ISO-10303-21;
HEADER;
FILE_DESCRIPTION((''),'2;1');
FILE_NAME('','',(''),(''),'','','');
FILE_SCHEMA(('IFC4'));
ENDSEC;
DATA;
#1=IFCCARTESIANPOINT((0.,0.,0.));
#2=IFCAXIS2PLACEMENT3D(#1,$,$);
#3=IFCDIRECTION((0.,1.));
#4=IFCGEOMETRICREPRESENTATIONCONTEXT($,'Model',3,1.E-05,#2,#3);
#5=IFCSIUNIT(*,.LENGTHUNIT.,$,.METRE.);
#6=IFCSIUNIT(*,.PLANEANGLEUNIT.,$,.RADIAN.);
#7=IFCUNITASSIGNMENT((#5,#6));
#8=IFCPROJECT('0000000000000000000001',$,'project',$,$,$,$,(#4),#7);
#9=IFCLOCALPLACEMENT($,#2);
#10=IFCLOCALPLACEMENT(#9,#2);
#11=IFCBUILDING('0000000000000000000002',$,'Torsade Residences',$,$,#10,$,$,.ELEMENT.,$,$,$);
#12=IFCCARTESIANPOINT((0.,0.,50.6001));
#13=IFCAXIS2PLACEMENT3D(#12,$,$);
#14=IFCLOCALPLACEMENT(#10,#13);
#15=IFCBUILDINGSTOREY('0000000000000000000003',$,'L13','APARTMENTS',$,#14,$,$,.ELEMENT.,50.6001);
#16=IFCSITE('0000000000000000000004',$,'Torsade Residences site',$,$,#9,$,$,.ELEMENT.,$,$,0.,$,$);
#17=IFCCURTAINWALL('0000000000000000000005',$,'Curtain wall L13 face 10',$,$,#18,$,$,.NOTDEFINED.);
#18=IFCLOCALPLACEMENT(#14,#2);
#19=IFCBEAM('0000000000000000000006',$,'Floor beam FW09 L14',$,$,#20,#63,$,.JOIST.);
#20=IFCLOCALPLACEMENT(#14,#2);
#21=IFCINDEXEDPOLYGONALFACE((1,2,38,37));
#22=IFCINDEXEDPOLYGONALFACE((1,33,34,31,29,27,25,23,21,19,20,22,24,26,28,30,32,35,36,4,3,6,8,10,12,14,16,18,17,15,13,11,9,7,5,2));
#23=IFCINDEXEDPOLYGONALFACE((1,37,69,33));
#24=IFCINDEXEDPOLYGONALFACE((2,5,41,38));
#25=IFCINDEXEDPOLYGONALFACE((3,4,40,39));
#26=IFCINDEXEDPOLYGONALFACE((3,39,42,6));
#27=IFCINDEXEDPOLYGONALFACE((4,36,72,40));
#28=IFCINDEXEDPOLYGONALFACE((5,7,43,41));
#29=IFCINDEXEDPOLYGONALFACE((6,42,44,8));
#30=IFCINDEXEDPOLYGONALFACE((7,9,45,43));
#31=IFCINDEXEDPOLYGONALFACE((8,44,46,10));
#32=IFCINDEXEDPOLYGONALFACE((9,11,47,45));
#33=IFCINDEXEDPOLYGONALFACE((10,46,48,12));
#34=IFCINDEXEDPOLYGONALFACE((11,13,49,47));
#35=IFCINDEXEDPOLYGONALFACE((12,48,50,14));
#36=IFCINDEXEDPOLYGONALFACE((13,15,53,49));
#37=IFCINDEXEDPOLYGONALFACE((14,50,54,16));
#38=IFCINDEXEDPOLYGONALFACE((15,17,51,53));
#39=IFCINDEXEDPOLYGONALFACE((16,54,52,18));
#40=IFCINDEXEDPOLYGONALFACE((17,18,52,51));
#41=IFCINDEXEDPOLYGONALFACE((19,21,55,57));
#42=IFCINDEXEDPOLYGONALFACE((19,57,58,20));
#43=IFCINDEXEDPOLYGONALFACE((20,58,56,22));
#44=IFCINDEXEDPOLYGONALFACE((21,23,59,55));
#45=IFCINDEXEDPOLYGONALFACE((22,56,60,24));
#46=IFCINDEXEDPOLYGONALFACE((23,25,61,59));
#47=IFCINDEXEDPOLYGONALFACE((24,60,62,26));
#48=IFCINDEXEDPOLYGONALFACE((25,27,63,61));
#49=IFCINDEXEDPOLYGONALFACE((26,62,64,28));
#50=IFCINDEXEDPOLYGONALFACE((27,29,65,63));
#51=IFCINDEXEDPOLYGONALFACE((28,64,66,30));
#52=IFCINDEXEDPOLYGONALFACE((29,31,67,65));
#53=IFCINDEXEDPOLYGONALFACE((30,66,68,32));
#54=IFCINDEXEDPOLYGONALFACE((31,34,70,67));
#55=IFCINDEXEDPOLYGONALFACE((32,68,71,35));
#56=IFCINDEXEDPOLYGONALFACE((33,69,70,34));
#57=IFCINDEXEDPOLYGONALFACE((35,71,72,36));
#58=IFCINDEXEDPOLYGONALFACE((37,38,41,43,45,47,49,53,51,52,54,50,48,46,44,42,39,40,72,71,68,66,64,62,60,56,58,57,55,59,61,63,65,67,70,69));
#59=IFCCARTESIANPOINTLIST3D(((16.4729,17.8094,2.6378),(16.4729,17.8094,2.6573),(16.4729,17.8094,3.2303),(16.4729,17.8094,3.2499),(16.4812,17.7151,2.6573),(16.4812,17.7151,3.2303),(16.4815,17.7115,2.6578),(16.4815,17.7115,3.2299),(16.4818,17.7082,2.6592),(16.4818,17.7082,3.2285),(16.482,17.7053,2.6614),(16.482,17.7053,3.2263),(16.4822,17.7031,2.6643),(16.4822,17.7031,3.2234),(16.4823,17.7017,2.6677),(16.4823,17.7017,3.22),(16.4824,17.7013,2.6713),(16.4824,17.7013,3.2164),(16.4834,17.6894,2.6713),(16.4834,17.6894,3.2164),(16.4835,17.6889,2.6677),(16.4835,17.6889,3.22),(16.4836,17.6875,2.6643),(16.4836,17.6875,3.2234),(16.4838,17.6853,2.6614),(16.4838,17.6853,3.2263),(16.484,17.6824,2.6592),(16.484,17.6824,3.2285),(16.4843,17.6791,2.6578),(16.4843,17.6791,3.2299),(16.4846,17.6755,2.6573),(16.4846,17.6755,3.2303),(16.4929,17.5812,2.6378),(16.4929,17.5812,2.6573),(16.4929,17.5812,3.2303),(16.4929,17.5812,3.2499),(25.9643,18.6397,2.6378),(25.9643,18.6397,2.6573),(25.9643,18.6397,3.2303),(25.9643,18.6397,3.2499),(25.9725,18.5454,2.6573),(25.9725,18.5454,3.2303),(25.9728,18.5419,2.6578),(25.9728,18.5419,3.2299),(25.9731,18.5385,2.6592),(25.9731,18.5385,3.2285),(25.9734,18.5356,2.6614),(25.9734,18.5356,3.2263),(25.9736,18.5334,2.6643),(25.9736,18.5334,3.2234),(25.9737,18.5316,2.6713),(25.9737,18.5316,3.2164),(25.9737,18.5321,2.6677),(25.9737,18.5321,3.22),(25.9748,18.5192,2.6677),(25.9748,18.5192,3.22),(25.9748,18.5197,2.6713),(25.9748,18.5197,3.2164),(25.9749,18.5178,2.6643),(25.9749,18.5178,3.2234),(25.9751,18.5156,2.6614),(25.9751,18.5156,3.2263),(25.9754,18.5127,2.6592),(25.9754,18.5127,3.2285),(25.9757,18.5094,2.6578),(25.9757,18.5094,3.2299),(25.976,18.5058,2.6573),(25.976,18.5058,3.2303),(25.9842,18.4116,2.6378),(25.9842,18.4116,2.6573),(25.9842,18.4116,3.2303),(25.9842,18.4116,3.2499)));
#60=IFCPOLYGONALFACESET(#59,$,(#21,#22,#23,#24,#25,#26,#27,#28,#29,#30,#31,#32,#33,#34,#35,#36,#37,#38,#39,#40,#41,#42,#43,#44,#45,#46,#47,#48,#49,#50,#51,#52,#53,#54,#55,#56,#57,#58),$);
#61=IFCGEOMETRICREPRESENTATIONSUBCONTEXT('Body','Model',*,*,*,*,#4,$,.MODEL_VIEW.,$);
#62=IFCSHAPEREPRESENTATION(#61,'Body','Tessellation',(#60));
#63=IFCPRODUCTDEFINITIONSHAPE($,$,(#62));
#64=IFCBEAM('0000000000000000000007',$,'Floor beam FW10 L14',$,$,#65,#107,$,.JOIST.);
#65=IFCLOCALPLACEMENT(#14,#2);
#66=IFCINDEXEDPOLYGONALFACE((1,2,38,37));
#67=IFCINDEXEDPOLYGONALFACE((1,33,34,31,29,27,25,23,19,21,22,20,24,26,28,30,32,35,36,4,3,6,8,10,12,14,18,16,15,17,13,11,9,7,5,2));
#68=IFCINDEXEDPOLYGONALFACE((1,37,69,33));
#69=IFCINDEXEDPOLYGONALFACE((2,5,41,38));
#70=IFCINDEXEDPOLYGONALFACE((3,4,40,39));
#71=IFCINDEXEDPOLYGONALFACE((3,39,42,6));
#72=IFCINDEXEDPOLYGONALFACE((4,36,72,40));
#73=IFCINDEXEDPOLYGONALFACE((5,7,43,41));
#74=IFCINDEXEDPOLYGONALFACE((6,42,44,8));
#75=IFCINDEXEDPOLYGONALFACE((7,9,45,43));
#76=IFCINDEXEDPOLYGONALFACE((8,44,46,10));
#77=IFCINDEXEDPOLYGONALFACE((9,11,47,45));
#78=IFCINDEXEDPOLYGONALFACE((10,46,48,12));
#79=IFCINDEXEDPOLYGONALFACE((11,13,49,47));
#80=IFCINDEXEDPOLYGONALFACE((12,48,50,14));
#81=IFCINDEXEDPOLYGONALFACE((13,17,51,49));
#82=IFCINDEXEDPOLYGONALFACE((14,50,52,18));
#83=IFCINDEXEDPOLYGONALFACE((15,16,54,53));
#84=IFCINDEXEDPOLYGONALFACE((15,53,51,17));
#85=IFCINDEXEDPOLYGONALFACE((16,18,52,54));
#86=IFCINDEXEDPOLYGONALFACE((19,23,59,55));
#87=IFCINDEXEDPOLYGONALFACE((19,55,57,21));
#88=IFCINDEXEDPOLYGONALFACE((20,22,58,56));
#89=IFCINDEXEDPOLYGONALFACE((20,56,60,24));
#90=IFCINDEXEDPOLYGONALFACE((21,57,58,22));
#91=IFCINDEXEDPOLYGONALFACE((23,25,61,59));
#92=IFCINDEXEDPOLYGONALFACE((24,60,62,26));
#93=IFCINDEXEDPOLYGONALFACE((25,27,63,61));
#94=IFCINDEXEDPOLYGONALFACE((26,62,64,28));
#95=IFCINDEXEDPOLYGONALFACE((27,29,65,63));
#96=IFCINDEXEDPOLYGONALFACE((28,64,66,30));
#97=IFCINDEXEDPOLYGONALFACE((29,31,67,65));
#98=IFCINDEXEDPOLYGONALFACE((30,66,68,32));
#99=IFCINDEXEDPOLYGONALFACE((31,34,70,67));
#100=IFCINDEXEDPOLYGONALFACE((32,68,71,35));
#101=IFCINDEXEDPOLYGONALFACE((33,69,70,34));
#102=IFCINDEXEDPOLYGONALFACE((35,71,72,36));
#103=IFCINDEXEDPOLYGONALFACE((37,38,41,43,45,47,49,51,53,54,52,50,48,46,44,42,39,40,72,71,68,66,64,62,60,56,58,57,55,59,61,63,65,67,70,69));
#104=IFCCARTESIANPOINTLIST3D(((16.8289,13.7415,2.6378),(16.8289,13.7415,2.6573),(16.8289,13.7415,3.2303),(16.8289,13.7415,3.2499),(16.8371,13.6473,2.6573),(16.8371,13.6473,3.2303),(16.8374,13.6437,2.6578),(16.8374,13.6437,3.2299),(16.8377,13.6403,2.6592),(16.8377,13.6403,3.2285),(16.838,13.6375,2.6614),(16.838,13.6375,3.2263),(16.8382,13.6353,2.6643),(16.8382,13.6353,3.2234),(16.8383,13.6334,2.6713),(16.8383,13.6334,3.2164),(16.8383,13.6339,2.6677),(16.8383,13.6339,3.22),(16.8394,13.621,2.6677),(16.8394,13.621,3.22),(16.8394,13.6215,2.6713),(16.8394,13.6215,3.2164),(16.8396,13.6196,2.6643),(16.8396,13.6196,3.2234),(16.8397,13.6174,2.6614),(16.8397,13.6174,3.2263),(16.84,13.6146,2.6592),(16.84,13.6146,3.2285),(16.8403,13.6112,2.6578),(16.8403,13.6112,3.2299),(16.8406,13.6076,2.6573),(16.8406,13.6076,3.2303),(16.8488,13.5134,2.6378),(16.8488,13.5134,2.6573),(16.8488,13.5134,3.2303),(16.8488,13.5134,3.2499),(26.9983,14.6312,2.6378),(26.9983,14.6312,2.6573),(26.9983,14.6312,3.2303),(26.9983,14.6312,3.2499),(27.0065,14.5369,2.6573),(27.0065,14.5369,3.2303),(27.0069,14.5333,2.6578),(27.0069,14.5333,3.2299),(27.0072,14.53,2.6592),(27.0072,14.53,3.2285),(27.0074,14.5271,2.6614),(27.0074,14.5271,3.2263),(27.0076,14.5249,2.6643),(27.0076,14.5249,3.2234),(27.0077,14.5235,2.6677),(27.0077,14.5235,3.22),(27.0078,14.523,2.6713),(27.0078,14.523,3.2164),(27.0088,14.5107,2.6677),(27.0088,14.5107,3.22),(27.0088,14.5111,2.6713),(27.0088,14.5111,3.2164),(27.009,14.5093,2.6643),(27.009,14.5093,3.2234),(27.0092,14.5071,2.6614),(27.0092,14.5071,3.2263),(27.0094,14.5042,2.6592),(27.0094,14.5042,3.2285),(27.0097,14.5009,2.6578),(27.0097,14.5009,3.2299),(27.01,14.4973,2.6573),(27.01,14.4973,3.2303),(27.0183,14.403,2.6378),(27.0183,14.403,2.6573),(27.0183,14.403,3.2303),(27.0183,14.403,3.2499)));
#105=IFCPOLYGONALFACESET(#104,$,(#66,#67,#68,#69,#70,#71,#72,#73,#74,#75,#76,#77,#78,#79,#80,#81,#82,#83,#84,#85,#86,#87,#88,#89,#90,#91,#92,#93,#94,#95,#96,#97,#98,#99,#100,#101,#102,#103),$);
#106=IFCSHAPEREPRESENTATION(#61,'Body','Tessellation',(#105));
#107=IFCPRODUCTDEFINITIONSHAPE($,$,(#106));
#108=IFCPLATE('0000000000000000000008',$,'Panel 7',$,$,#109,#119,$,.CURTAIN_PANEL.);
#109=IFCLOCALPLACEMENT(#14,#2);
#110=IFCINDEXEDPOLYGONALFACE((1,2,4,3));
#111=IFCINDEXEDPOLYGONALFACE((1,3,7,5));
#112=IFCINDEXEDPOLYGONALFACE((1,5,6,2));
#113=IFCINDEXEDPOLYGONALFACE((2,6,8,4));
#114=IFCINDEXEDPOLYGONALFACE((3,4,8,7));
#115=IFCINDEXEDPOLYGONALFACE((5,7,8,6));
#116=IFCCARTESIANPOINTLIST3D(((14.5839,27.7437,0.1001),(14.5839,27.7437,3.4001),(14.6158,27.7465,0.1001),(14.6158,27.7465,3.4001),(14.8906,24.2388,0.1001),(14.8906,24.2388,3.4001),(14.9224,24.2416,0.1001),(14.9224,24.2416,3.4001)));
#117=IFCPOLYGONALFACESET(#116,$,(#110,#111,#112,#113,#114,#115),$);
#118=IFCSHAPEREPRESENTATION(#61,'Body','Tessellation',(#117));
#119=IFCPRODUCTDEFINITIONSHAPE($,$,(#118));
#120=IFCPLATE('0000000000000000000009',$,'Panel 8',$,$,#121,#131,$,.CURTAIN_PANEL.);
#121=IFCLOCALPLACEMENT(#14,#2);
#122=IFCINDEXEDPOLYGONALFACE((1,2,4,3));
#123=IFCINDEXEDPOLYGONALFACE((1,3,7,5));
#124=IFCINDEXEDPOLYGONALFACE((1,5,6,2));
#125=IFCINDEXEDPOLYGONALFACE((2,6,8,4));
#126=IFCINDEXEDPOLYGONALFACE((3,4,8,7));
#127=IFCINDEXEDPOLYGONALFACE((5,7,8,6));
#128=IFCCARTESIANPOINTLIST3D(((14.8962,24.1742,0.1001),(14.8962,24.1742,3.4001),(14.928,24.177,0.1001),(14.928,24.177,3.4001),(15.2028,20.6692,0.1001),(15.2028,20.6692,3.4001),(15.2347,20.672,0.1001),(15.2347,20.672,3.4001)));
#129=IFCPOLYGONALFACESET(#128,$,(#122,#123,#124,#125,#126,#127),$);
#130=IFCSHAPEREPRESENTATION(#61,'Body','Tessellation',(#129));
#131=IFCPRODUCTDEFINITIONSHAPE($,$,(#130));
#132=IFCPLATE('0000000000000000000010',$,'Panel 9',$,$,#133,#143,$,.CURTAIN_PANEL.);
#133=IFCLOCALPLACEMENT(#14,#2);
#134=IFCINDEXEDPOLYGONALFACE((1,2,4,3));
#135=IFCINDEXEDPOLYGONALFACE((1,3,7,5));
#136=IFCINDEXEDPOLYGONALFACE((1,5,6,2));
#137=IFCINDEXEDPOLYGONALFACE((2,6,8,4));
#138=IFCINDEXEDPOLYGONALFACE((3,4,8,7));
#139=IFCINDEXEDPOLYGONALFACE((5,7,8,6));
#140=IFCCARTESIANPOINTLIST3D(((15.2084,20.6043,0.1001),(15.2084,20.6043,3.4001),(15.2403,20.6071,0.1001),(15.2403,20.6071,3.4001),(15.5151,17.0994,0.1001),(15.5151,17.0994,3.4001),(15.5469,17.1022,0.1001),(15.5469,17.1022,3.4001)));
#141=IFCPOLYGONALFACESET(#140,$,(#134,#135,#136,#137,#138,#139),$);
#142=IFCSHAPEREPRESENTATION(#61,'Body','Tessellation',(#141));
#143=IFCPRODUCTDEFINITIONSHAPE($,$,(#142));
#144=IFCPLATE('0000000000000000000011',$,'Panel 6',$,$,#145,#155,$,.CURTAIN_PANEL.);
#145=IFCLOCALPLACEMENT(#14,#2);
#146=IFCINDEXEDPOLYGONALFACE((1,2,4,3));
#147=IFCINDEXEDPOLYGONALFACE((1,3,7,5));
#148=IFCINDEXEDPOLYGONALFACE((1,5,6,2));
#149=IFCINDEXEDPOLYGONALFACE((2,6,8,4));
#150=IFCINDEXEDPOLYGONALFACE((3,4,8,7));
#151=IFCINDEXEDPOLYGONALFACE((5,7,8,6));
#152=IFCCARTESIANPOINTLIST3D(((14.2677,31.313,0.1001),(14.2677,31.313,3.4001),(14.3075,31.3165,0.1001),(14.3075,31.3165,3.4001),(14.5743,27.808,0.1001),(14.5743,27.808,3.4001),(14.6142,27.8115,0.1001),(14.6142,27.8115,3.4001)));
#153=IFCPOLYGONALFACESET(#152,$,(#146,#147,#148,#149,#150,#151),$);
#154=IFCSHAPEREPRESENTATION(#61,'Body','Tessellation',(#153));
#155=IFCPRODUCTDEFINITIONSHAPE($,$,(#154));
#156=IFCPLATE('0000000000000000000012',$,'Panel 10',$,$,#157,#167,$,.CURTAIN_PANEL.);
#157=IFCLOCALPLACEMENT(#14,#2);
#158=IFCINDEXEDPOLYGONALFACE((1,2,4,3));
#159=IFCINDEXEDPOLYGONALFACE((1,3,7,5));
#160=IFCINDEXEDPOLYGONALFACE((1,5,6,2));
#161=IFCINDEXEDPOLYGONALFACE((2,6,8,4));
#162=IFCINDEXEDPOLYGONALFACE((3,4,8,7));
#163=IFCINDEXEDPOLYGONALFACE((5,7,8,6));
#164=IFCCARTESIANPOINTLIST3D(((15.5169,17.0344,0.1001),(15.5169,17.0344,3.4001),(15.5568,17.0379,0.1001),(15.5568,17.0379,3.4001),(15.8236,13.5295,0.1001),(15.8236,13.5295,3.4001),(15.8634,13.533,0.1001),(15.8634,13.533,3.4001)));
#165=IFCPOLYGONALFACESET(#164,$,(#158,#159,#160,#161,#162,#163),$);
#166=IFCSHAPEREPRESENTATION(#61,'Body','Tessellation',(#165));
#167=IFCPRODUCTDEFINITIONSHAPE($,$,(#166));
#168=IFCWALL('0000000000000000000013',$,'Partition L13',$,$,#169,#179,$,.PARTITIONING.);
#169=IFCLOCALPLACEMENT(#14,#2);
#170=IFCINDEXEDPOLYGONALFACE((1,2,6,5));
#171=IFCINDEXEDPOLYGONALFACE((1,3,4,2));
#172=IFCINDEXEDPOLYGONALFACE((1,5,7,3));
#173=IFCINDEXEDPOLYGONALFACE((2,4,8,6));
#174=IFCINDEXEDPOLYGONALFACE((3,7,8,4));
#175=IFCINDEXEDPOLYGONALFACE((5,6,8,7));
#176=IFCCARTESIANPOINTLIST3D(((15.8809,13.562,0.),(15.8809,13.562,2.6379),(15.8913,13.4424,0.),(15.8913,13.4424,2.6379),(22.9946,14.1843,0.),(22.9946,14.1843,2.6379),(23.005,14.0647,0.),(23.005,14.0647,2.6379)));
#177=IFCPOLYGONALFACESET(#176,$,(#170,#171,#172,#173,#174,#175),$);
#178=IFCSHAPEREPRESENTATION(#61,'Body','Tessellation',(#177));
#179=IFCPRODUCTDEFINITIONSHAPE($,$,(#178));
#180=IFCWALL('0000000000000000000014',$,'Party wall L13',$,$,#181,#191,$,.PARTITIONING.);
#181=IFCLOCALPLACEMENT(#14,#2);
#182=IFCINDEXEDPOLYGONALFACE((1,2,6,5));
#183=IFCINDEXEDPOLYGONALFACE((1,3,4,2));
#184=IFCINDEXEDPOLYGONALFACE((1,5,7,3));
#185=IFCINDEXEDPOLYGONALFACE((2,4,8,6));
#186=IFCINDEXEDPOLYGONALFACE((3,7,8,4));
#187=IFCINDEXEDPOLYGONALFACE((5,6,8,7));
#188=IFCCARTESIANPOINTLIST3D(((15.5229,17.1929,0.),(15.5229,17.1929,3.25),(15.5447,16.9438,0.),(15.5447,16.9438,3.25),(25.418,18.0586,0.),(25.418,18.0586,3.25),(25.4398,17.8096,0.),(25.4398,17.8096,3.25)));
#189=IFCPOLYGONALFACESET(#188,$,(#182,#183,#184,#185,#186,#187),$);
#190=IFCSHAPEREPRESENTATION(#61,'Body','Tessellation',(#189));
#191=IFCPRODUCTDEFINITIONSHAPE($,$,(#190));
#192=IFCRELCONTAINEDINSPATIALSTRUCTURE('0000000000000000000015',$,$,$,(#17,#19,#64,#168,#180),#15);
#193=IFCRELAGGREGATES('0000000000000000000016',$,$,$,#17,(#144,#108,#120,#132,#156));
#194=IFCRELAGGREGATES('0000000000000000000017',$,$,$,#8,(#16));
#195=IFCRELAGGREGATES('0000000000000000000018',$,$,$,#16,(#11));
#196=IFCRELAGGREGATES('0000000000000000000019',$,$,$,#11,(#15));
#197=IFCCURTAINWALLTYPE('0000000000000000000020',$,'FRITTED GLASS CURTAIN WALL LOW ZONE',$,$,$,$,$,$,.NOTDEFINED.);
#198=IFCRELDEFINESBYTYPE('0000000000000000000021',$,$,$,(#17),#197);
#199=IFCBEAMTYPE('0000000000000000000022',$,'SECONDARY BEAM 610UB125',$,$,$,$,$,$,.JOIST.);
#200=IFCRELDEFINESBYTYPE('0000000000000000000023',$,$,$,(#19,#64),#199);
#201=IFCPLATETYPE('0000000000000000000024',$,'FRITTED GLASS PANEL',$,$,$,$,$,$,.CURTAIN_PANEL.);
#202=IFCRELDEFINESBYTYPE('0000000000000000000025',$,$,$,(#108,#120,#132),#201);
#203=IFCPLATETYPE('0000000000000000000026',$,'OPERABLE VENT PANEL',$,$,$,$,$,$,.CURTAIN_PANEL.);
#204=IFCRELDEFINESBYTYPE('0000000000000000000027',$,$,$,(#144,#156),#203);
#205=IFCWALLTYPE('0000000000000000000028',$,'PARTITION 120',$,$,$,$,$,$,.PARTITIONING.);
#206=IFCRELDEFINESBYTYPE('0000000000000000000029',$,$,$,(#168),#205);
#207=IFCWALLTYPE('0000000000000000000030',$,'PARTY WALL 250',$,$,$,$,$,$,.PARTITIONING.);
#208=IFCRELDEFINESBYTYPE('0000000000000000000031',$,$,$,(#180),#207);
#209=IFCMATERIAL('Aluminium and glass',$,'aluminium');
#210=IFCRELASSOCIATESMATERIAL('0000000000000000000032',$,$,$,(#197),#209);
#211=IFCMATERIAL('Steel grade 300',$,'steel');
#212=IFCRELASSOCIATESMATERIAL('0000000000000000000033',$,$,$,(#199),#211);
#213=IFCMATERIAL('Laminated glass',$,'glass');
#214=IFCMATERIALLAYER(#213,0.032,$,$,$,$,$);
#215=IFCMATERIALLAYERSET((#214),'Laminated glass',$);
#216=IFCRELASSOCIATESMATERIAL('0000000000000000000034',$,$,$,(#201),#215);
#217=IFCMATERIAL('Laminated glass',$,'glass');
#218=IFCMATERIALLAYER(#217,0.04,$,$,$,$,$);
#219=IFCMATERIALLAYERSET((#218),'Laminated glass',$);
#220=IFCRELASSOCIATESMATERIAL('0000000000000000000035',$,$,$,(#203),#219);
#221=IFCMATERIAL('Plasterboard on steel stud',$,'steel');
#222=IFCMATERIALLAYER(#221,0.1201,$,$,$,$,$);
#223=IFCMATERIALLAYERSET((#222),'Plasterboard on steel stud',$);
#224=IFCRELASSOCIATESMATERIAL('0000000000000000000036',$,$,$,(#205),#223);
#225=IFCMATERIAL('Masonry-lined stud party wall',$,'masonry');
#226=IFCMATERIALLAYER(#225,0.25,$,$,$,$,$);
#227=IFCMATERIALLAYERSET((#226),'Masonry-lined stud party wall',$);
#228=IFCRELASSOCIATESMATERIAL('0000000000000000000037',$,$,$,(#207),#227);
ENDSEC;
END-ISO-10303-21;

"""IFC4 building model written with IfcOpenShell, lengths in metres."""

from ifc_helpers import new_model, si_unit, direction, frame, frame_2d, origin, origin_2d, place, context, subcontext, project, spatial, rectangle, i_section, extrude, material, layer, layer_set, material_profile, profile_set, type_object, element, aggregate, save


model = new_model("IFC4")

# Units and contexts
model_context = context("Model", 3, precision=1e-05, world=origin(), true_north=direction((0.0, 1.0)))
body_context = subcontext(model_context, "Body", "Model", "MODEL_VIEW")
ifc_project = project(units=[si_unit("LENGTHUNIT", "METRE"), si_unit("PLANEANGLEUNIT", "RADIAN")], contexts=[model_context])

# Site, building, storey
site_placement = place(None, origin())
site = spatial("IfcSite", under=ifc_project, at=site_placement, Name="Torsade Residences site", CompositionType="ELEMENT", RefElevation=0.0)
building_placement = place(site_placement, origin())
building = spatial("IfcBuilding", under=site, at=building_placement, Name="Torsade Residences", CompositionType="ELEMENT")
storey_placement = place(building_placement, frame((0.0, 0.0, 50.6001)))
storey = spatial("IfcBuildingStorey", under=building, at=storey_placement, Name="L13", Description="APARTMENTS", CompositionType="ELEMENT", Elevation=50.6001)

# Curtain wall
ifc_material_1 = material(Name="Aluminium and glass", Category="aluminium")
curtain_wall_type = type_object("IfcCurtainWallType", Name="FRITTED GLASS CURTAIN WALL LOW ZONE", PredefinedType="NOTDEFINED", material=ifc_material_1)
curtain_wall_placement = place(storey_placement, origin())
curtain_wall = element("IfcCurtainWall", 1, at=curtain_wall_placement, inside=storey, type_object=curtain_wall_type, Name="Curtain wall L13 face 10", PredefinedType="NOTDEFINED")

# Beams
ifc_material_2 = material(Name="Steel grade 300", Category="steel")
ifc_material_profile_1 = material_profile(ifc_material_2, i_section(OverallWidth=0.229, OverallDepth=0.6121, WebThickness=0.012, FlangeThickness=0.0195, FilletRadius=0.0139, at=origin_2d()), Name="610UB125")
ifc_profile_set_1 = profile_set([ifc_material_profile_1], Name="Steel grade 300")
beam_type_1 = type_object("IfcBeamType", Name="SECONDARY BEAM 610UB125", PredefinedType="JOIST", material=ifc_profile_set_1)
beam_1_placement = place(storey_placement, frame((16.4829, 17.6953, 2.9438), z_axis=(0.996195, 0.087148, 0.0), x_axis=(-0.087148, 0.996195, 0.0)))
element("IfcBeam", 2, at=beam_1_placement, inside=storey, type_object=beam_type_1, Name="Floor beam FW09 L14", PredefinedType="JOIST", context=body_context, shape_type="SweptSolid", body=[
    extrude(i_section(OverallWidth=0.229, OverallDepth=0.6121, WebThickness=0.012, FlangeThickness=0.0195, FilletRadius=0.0139, at=origin_2d()), origin(), (0.0, 0.0, 1.0), 9.5276),
])
beam_2_placement = place(storey_placement, frame((16.8389, 13.6274, 2.9438), z_axis=(0.996195, 0.08715, 0.0), x_axis=(-0.08715, 0.996195, 0.0)))
element("IfcBeam", 3, at=beam_2_placement, inside=storey, type_object=beam_type_1, Name="Floor beam FW10 L14", PredefinedType="JOIST", context=body_context, shape_type="SweptSolid", body=[
    extrude(i_section(OverallWidth=0.229, OverallDepth=0.6121, WebThickness=0.012, FlangeThickness=0.0195, FilletRadius=0.0139, at=origin_2d()), origin(), (0.0, 0.0, 1.0), 10.2083),
])

# Plates
ifc_material_3 = material(Name="Laminated glass", Category="glass")
ifc_layer_1 = layer(ifc_material_3, 0.032)
ifc_layer_set_1 = layer_set([ifc_layer_1], Name="Laminated glass")
plate_type_1 = type_object("IfcPlateType", Name="FRITTED GLASS PANEL", PredefinedType="CURTAIN_PANEL", material=ifc_layer_set_1)
plate_1_placement = place(storey_placement, frame((14.7532, 25.9927, 0.1001), z_axis=(0.0, 0.0, 1.0), x_axis=(0.087156, -0.996195, 0.0)))
plate_1 = element("IfcPlate", 4, at=plate_1_placement, type_object=plate_type_1, Name="Panel 7", PredefinedType="CURTAIN_PANEL", context=body_context, shape_type="SweptSolid", body=[
    extrude(rectangle(XDim=3.5183, YDim=0.032, at=origin_2d()), origin(), (0.0, 0.0, 1.0), 3.3),
])
plate_2_placement = place(storey_placement, frame((15.0654, 22.4231, 0.1001), z_axis=(0.0, 0.0, 1.0), x_axis=(0.087156, -0.996195, 0.0)))
plate_2 = element("IfcPlate", 5, at=plate_2_placement, type_object=plate_type_1, Name="Panel 8", PredefinedType="CURTAIN_PANEL", context=body_context, shape_type="SweptSolid", body=[
    extrude(rectangle(XDim=3.5183, YDim=0.032, at=origin_2d()), origin(), (0.0, 0.0, 1.0), 3.3),
])
plate_3_placement = place(storey_placement, frame((15.3777, 18.8533, 0.1001), z_axis=(0.0, 0.0, 1.0), x_axis=(0.087156, -0.996195, 0.0)))
plate_3 = element("IfcPlate", 6, at=plate_3_placement, type_object=plate_type_1, Name="Panel 9", PredefinedType="CURTAIN_PANEL", context=body_context, shape_type="SweptSolid", body=[
    extrude(rectangle(XDim=3.5183, YDim=0.032, at=origin_2d()), origin(), (0.0, 0.0, 1.0), 3.3),
])
ifc_material_4 = material(Name="Laminated glass", Category="glass")
ifc_layer_2 = layer(ifc_material_4, 0.04)
ifc_layer_set_2 = layer_set([ifc_layer_2], Name="Laminated glass")
plate_type_2 = type_object("IfcPlateType", Name="OPERABLE VENT PANEL", PredefinedType="CURTAIN_PANEL", material=ifc_layer_set_2)
plate_4_placement = place(storey_placement, frame((14.4409, 29.5623, 0.1001), z_axis=(0.0, 0.0, 1.0), x_axis=(0.087156, -0.996195, 0.0)))
plate_4 = element("IfcPlate", 7, at=plate_4_placement, type_object=plate_type_2, Name="Panel 6", PredefinedType="CURTAIN_PANEL", context=body_context, shape_type="SweptSolid", body=[
    extrude(rectangle(XDim=3.5183, YDim=0.04, at=origin_2d()), origin(), (0.0, 0.0, 1.0), 3.3),
])
plate_5_placement = place(storey_placement, frame((15.6902, 15.2837, 0.1001), z_axis=(0.0, 0.0, 1.0), x_axis=(0.087156, -0.996195, 0.0)))
plate_5 = element("IfcPlate", 8, at=plate_5_placement, type_object=plate_type_2, Name="Panel 10", PredefinedType="CURTAIN_PANEL", context=body_context, shape_type="SweptSolid", body=[
    extrude(rectangle(XDim=3.5183, YDim=0.04, at=origin_2d()), origin(), (0.0, 0.0, 1.0), 3.3),
])
aggregate(curtain_wall, [plate_4, plate_1, plate_2, plate_3, plate_5])

# Walls
ifc_material_5 = material(Name="Plasterboard on steel stud", Category="steel")
ifc_layer_3 = layer(ifc_material_5, 0.1201)
ifc_layer_set_3 = layer_set([ifc_layer_3], Name="Plasterboard on steel stud")
wall_type_1 = type_object("IfcWallType", Name="PARTITION 120", PredefinedType="PARTITIONING", material=ifc_layer_set_3)
wall_1_placement = place(storey_placement, frame((15.8862, 13.5022, 0.0), z_axis=(0.0, 0.0, 1.0), x_axis=(0.996195, 0.087147, 0.0)))
element("IfcWall", 9, at=wall_1_placement, inside=storey, type_object=wall_type_1, Name="Partition L13", PredefinedType="PARTITIONING", context=body_context, shape_type="SweptSolid", body=[
    extrude(rectangle(XDim=7.1409, YDim=0.1201, at=frame_2d((3.5703, 0.0))), origin(), (0.0, 0.0, 1.0), 2.6379),
])
ifc_material_6 = material(Name="Masonry-lined stud party wall", Category="masonry")
ifc_layer_4 = layer(ifc_material_6, 0.25)
ifc_layer_set_4 = layer_set([ifc_layer_4], Name="Masonry-lined stud party wall")
wall_type_2 = type_object("IfcWallType", Name="PARTY WALL 250", PredefinedType="PARTITIONING", material=ifc_layer_set_4)
wall_2_placement = place(storey_placement, frame((15.5339, 17.0684, 0.0), z_axis=(0.0, 0.0, 1.0), x_axis=(0.996195, 0.087158, 0.0)))
element("IfcWall", 10, at=wall_2_placement, inside=storey, type_object=wall_type_2, Name="Party wall L13", PredefinedType="PARTITIONING", context=body_context, shape_type="SweptSolid", body=[
    extrude(rectangle(XDim=9.9329, YDim=0.25, at=frame_2d((4.9663, 0.0))), origin(), (0.0, 0.0, 1.0), 3.25),
])

save(model, "model.ifc")
